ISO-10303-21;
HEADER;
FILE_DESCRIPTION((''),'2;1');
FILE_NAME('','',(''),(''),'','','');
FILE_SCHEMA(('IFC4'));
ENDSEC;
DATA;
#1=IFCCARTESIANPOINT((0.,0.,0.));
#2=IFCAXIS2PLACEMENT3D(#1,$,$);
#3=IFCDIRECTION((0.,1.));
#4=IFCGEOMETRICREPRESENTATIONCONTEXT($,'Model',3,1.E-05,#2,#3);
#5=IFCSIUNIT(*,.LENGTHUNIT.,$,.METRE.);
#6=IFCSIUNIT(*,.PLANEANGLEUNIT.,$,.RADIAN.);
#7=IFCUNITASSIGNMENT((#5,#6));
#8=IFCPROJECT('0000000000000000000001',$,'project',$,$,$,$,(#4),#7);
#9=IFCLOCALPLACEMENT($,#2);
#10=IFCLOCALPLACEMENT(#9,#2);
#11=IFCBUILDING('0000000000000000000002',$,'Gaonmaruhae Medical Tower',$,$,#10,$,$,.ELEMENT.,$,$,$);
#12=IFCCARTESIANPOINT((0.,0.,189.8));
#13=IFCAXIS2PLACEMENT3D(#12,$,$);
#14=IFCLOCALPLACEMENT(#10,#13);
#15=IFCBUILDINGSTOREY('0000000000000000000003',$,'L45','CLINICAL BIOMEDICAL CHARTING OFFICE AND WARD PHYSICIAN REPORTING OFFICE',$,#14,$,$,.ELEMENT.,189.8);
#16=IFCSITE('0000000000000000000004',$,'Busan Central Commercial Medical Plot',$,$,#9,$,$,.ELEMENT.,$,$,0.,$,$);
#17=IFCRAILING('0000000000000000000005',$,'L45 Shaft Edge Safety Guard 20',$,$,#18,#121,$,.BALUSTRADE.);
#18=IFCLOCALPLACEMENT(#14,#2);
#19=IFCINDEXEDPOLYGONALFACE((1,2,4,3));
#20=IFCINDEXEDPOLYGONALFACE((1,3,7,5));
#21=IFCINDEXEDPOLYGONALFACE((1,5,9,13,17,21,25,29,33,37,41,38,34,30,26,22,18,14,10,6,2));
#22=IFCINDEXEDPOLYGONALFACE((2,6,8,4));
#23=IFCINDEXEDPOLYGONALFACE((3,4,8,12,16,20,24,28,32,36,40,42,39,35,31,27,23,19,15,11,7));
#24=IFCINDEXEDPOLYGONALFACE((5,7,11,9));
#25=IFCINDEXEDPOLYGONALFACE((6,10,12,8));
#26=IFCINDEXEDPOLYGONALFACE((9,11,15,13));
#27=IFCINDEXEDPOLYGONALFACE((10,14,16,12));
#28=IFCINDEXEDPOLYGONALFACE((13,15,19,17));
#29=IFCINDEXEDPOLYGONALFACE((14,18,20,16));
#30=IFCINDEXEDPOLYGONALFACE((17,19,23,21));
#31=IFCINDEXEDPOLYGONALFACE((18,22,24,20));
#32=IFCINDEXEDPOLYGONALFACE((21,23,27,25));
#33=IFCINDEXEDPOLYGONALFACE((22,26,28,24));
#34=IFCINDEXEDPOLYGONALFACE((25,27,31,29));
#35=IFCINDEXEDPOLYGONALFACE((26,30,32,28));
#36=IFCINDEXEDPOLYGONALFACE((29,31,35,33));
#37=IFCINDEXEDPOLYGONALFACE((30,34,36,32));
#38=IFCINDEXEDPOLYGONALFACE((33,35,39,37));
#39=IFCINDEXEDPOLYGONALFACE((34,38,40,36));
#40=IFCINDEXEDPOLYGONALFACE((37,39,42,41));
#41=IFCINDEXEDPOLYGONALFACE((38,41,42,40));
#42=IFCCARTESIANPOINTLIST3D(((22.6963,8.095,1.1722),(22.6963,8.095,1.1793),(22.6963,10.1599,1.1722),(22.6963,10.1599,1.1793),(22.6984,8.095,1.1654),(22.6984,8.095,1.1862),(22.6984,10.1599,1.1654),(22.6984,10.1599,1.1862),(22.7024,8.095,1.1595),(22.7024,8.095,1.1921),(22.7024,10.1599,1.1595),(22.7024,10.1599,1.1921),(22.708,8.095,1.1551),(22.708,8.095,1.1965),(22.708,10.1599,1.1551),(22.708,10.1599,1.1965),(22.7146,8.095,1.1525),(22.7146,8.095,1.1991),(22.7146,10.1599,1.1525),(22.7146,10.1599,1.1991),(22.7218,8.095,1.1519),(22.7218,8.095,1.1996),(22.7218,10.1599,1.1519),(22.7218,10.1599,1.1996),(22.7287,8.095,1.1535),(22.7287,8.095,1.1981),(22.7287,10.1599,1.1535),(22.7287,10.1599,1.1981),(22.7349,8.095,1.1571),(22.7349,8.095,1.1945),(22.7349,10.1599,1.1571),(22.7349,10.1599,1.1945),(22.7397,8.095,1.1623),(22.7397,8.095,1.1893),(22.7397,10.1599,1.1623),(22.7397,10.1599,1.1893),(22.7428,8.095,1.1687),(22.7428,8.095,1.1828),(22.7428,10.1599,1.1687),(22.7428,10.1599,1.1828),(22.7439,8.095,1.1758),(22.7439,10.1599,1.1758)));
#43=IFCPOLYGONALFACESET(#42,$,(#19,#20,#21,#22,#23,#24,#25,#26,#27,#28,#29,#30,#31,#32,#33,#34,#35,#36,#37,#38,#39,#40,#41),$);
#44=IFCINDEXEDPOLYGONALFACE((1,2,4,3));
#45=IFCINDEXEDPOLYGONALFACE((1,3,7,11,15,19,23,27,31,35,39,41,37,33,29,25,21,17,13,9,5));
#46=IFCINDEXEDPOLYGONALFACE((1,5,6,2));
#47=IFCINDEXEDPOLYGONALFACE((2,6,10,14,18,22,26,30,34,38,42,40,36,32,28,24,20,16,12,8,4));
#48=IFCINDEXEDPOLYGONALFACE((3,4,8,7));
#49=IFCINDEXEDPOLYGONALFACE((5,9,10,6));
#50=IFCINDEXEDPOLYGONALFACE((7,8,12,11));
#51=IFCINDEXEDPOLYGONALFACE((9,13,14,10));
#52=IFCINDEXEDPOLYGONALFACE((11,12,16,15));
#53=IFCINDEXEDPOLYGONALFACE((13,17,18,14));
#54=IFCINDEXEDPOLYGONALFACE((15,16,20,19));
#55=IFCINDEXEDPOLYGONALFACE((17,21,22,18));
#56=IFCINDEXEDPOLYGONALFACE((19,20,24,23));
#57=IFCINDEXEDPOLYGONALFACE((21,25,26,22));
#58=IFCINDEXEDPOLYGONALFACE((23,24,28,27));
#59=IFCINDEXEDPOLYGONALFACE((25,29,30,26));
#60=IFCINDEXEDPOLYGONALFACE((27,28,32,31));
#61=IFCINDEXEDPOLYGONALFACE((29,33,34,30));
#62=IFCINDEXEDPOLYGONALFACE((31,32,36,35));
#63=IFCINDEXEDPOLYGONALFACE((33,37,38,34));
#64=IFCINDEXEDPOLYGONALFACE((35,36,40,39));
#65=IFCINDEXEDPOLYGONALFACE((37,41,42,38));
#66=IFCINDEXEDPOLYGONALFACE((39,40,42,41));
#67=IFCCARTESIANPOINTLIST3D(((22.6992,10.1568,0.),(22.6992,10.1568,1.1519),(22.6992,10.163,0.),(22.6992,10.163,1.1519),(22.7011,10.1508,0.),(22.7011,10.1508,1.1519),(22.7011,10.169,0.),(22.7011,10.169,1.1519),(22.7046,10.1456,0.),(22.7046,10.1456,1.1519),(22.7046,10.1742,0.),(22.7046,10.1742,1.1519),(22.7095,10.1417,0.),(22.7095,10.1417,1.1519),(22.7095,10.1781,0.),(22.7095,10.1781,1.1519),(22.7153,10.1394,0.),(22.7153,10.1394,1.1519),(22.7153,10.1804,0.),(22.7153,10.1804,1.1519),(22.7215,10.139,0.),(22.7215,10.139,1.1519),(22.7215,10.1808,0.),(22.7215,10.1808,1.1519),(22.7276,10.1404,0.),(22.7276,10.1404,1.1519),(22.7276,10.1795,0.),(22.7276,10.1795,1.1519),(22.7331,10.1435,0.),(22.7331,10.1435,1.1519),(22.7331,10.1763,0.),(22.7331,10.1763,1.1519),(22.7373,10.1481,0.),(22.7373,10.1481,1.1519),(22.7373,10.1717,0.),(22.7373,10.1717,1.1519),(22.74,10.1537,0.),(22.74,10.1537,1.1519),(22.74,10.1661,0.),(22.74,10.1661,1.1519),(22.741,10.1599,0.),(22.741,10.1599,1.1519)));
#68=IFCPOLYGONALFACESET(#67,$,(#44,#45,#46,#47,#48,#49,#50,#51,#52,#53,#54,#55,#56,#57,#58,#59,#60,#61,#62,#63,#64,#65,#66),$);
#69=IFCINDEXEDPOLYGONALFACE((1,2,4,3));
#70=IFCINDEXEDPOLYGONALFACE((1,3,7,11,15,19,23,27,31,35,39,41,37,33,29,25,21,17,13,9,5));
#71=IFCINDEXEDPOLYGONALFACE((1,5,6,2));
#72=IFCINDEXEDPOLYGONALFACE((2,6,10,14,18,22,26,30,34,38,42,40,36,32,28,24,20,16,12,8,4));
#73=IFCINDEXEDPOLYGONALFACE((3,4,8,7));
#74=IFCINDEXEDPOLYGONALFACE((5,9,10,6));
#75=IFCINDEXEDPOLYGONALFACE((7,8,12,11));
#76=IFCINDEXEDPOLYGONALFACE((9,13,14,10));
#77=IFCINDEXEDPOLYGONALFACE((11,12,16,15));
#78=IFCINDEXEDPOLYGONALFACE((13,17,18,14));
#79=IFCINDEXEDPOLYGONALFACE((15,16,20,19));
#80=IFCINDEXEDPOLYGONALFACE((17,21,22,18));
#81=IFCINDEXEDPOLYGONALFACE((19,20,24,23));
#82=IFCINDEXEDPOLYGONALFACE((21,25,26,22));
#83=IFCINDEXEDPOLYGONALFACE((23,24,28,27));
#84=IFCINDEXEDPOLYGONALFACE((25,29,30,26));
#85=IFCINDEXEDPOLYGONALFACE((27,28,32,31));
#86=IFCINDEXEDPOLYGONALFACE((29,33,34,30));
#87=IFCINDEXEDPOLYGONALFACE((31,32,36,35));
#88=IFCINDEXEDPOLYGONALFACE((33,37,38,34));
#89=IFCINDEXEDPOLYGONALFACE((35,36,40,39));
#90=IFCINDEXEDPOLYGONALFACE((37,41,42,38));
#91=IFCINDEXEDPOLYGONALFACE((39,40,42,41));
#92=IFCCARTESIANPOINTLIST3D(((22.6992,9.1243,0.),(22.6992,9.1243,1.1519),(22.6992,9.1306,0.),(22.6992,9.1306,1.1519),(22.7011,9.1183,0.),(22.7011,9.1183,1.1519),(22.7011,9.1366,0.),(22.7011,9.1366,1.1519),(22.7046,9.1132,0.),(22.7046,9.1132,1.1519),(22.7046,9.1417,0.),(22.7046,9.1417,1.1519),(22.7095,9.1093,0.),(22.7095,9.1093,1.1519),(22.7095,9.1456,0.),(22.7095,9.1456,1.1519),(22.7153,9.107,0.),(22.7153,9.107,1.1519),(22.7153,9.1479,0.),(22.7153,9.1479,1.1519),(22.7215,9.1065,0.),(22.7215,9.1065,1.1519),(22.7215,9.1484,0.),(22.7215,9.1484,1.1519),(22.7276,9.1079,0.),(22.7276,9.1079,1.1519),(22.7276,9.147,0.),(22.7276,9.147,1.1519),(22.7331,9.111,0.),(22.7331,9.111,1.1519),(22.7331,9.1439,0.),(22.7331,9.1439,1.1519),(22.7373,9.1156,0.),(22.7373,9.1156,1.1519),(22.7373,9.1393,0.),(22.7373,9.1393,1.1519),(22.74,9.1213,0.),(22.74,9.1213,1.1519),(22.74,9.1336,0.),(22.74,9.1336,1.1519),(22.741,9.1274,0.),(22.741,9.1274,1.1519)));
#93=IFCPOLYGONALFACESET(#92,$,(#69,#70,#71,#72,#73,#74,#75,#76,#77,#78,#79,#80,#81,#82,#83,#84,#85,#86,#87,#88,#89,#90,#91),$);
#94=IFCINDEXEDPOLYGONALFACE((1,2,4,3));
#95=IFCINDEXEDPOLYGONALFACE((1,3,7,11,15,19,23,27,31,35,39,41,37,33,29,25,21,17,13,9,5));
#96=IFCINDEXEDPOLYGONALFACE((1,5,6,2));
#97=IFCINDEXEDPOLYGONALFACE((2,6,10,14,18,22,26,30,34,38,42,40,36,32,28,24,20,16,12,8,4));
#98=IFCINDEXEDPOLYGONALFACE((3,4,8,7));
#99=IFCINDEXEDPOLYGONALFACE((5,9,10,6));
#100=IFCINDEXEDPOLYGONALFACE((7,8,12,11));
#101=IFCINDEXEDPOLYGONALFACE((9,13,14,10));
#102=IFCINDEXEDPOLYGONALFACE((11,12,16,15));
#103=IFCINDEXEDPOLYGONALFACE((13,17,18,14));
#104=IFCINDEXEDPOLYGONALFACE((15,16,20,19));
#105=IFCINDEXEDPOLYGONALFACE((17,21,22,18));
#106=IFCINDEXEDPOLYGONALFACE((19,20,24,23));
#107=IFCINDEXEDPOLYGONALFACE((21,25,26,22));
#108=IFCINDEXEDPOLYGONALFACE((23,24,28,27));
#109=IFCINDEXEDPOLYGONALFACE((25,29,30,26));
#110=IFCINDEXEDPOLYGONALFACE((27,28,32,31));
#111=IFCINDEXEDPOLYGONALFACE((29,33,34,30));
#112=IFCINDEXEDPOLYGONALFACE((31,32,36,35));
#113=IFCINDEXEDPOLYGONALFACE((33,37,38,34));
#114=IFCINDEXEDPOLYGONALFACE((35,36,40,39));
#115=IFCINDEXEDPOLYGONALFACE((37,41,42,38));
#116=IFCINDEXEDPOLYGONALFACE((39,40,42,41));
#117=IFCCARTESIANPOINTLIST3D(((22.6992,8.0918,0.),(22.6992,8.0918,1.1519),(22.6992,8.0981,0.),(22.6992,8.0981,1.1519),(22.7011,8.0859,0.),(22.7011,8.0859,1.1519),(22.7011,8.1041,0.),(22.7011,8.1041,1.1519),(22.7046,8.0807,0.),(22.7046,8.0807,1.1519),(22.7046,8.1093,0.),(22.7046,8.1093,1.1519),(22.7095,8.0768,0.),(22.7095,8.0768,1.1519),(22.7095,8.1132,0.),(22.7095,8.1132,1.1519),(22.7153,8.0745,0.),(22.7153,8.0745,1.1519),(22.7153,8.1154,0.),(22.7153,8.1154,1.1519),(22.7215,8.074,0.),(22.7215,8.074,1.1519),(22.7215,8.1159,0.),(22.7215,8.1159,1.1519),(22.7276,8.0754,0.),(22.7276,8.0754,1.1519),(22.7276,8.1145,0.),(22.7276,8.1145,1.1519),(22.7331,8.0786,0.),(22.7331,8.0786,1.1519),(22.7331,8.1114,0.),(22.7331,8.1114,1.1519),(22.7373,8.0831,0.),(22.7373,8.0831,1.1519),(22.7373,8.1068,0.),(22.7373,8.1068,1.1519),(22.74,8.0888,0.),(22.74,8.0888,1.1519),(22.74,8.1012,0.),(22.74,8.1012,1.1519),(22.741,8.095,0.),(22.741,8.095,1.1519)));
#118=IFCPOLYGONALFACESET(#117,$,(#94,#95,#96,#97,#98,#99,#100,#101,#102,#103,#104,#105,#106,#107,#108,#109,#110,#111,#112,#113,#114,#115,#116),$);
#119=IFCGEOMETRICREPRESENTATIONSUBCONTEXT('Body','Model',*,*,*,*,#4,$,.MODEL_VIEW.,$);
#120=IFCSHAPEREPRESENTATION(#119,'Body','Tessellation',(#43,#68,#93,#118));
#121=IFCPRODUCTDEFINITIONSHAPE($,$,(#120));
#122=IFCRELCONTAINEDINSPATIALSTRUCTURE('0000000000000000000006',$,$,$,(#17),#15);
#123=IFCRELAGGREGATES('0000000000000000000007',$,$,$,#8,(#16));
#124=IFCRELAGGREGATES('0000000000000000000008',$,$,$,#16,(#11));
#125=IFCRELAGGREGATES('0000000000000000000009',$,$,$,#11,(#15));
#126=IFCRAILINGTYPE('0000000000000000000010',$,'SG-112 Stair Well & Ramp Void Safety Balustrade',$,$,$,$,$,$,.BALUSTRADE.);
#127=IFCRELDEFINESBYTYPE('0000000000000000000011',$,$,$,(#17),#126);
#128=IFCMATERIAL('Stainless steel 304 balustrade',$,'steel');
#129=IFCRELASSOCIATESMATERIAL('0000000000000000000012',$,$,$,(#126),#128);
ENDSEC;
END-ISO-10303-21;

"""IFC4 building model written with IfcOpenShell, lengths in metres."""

from ifc_helpers import new_model, si_unit, direction, frame, origin, origin_2d, place, context, subcontext, project, spatial, circle, extrude, material, type_object, element, save


model = new_model("IFC4")

# Units and contexts
model_context = context("Model", 3, precision=1e-05, world=origin(), true_north=direction((0.0, 1.0)))
body_context = subcontext(model_context, "Body", "Model", "MODEL_VIEW")
ifc_project = project(units=[si_unit("LENGTHUNIT", "METRE"), si_unit("PLANEANGLEUNIT", "RADIAN")], contexts=[model_context])

# Site, building, storey
site_placement = place(None, origin())
site = spatial("IfcSite", under=ifc_project, at=site_placement, Name="Busan Central Commercial Medical Plot", CompositionType="ELEMENT", RefElevation=0.0)
building_placement = place(site_placement, origin())
building = spatial("IfcBuilding", under=site, at=building_placement, Name="Gaonmaruhae Medical Tower", CompositionType="ELEMENT")
storey_placement = place(building_placement, frame((0.0, 0.0, 189.8)))
storey = spatial("IfcBuildingStorey", under=building, at=storey_placement, Name="L45", Description="CLINICAL BIOMEDICAL CHARTING OFFICE AND WARD PHYSICIAN REPORTING OFFICE", CompositionType="ELEMENT", Elevation=189.8)

# Railing
ifc_material_1 = material(Name="Stainless steel 304 balustrade", Category="steel")
railing_type_1 = type_object("IfcRailingType", Name="SG-112 Stair Well & Ramp Void Safety Balustrade", PredefinedType="BALUSTRADE", material=ifc_material_1)
railing_1_placement = place(storey_placement, frame((22.72, 10.1599, 0.0)))
element("IfcRailing", 1, at=railing_1_placement, inside=storey, type_object=railing_type_1, Name="L45 Shaft Edge Safety Guard 20", PredefinedType="BALUSTRADE", context=body_context, shape_type="SweptSolid", body=[
    extrude(circle(Radius=0.0239, at=origin_2d()), frame((0.0, 0.0, 1.1758), z_axis=(0.0, -1.0, 0.0), x_axis=(1.0, 0.0, 0.0)), (0.0, 0.0, 1.0), 2.0649),
    extrude(circle(Radius=0.021, at=origin_2d()), origin(), (0.0, 0.0, 1.0), 1.1519),
    extrude(circle(Radius=0.021, at=origin_2d()), frame((0.0, -1.0325, 0.0)), (0.0, 0.0, 1.0), 1.1519),
    extrude(circle(Radius=0.021, at=origin_2d()), frame((0.0, -2.0649, 0.0)), (0.0, 0.0, 1.0), 1.1519),
])

save(model, "model.ifc")
